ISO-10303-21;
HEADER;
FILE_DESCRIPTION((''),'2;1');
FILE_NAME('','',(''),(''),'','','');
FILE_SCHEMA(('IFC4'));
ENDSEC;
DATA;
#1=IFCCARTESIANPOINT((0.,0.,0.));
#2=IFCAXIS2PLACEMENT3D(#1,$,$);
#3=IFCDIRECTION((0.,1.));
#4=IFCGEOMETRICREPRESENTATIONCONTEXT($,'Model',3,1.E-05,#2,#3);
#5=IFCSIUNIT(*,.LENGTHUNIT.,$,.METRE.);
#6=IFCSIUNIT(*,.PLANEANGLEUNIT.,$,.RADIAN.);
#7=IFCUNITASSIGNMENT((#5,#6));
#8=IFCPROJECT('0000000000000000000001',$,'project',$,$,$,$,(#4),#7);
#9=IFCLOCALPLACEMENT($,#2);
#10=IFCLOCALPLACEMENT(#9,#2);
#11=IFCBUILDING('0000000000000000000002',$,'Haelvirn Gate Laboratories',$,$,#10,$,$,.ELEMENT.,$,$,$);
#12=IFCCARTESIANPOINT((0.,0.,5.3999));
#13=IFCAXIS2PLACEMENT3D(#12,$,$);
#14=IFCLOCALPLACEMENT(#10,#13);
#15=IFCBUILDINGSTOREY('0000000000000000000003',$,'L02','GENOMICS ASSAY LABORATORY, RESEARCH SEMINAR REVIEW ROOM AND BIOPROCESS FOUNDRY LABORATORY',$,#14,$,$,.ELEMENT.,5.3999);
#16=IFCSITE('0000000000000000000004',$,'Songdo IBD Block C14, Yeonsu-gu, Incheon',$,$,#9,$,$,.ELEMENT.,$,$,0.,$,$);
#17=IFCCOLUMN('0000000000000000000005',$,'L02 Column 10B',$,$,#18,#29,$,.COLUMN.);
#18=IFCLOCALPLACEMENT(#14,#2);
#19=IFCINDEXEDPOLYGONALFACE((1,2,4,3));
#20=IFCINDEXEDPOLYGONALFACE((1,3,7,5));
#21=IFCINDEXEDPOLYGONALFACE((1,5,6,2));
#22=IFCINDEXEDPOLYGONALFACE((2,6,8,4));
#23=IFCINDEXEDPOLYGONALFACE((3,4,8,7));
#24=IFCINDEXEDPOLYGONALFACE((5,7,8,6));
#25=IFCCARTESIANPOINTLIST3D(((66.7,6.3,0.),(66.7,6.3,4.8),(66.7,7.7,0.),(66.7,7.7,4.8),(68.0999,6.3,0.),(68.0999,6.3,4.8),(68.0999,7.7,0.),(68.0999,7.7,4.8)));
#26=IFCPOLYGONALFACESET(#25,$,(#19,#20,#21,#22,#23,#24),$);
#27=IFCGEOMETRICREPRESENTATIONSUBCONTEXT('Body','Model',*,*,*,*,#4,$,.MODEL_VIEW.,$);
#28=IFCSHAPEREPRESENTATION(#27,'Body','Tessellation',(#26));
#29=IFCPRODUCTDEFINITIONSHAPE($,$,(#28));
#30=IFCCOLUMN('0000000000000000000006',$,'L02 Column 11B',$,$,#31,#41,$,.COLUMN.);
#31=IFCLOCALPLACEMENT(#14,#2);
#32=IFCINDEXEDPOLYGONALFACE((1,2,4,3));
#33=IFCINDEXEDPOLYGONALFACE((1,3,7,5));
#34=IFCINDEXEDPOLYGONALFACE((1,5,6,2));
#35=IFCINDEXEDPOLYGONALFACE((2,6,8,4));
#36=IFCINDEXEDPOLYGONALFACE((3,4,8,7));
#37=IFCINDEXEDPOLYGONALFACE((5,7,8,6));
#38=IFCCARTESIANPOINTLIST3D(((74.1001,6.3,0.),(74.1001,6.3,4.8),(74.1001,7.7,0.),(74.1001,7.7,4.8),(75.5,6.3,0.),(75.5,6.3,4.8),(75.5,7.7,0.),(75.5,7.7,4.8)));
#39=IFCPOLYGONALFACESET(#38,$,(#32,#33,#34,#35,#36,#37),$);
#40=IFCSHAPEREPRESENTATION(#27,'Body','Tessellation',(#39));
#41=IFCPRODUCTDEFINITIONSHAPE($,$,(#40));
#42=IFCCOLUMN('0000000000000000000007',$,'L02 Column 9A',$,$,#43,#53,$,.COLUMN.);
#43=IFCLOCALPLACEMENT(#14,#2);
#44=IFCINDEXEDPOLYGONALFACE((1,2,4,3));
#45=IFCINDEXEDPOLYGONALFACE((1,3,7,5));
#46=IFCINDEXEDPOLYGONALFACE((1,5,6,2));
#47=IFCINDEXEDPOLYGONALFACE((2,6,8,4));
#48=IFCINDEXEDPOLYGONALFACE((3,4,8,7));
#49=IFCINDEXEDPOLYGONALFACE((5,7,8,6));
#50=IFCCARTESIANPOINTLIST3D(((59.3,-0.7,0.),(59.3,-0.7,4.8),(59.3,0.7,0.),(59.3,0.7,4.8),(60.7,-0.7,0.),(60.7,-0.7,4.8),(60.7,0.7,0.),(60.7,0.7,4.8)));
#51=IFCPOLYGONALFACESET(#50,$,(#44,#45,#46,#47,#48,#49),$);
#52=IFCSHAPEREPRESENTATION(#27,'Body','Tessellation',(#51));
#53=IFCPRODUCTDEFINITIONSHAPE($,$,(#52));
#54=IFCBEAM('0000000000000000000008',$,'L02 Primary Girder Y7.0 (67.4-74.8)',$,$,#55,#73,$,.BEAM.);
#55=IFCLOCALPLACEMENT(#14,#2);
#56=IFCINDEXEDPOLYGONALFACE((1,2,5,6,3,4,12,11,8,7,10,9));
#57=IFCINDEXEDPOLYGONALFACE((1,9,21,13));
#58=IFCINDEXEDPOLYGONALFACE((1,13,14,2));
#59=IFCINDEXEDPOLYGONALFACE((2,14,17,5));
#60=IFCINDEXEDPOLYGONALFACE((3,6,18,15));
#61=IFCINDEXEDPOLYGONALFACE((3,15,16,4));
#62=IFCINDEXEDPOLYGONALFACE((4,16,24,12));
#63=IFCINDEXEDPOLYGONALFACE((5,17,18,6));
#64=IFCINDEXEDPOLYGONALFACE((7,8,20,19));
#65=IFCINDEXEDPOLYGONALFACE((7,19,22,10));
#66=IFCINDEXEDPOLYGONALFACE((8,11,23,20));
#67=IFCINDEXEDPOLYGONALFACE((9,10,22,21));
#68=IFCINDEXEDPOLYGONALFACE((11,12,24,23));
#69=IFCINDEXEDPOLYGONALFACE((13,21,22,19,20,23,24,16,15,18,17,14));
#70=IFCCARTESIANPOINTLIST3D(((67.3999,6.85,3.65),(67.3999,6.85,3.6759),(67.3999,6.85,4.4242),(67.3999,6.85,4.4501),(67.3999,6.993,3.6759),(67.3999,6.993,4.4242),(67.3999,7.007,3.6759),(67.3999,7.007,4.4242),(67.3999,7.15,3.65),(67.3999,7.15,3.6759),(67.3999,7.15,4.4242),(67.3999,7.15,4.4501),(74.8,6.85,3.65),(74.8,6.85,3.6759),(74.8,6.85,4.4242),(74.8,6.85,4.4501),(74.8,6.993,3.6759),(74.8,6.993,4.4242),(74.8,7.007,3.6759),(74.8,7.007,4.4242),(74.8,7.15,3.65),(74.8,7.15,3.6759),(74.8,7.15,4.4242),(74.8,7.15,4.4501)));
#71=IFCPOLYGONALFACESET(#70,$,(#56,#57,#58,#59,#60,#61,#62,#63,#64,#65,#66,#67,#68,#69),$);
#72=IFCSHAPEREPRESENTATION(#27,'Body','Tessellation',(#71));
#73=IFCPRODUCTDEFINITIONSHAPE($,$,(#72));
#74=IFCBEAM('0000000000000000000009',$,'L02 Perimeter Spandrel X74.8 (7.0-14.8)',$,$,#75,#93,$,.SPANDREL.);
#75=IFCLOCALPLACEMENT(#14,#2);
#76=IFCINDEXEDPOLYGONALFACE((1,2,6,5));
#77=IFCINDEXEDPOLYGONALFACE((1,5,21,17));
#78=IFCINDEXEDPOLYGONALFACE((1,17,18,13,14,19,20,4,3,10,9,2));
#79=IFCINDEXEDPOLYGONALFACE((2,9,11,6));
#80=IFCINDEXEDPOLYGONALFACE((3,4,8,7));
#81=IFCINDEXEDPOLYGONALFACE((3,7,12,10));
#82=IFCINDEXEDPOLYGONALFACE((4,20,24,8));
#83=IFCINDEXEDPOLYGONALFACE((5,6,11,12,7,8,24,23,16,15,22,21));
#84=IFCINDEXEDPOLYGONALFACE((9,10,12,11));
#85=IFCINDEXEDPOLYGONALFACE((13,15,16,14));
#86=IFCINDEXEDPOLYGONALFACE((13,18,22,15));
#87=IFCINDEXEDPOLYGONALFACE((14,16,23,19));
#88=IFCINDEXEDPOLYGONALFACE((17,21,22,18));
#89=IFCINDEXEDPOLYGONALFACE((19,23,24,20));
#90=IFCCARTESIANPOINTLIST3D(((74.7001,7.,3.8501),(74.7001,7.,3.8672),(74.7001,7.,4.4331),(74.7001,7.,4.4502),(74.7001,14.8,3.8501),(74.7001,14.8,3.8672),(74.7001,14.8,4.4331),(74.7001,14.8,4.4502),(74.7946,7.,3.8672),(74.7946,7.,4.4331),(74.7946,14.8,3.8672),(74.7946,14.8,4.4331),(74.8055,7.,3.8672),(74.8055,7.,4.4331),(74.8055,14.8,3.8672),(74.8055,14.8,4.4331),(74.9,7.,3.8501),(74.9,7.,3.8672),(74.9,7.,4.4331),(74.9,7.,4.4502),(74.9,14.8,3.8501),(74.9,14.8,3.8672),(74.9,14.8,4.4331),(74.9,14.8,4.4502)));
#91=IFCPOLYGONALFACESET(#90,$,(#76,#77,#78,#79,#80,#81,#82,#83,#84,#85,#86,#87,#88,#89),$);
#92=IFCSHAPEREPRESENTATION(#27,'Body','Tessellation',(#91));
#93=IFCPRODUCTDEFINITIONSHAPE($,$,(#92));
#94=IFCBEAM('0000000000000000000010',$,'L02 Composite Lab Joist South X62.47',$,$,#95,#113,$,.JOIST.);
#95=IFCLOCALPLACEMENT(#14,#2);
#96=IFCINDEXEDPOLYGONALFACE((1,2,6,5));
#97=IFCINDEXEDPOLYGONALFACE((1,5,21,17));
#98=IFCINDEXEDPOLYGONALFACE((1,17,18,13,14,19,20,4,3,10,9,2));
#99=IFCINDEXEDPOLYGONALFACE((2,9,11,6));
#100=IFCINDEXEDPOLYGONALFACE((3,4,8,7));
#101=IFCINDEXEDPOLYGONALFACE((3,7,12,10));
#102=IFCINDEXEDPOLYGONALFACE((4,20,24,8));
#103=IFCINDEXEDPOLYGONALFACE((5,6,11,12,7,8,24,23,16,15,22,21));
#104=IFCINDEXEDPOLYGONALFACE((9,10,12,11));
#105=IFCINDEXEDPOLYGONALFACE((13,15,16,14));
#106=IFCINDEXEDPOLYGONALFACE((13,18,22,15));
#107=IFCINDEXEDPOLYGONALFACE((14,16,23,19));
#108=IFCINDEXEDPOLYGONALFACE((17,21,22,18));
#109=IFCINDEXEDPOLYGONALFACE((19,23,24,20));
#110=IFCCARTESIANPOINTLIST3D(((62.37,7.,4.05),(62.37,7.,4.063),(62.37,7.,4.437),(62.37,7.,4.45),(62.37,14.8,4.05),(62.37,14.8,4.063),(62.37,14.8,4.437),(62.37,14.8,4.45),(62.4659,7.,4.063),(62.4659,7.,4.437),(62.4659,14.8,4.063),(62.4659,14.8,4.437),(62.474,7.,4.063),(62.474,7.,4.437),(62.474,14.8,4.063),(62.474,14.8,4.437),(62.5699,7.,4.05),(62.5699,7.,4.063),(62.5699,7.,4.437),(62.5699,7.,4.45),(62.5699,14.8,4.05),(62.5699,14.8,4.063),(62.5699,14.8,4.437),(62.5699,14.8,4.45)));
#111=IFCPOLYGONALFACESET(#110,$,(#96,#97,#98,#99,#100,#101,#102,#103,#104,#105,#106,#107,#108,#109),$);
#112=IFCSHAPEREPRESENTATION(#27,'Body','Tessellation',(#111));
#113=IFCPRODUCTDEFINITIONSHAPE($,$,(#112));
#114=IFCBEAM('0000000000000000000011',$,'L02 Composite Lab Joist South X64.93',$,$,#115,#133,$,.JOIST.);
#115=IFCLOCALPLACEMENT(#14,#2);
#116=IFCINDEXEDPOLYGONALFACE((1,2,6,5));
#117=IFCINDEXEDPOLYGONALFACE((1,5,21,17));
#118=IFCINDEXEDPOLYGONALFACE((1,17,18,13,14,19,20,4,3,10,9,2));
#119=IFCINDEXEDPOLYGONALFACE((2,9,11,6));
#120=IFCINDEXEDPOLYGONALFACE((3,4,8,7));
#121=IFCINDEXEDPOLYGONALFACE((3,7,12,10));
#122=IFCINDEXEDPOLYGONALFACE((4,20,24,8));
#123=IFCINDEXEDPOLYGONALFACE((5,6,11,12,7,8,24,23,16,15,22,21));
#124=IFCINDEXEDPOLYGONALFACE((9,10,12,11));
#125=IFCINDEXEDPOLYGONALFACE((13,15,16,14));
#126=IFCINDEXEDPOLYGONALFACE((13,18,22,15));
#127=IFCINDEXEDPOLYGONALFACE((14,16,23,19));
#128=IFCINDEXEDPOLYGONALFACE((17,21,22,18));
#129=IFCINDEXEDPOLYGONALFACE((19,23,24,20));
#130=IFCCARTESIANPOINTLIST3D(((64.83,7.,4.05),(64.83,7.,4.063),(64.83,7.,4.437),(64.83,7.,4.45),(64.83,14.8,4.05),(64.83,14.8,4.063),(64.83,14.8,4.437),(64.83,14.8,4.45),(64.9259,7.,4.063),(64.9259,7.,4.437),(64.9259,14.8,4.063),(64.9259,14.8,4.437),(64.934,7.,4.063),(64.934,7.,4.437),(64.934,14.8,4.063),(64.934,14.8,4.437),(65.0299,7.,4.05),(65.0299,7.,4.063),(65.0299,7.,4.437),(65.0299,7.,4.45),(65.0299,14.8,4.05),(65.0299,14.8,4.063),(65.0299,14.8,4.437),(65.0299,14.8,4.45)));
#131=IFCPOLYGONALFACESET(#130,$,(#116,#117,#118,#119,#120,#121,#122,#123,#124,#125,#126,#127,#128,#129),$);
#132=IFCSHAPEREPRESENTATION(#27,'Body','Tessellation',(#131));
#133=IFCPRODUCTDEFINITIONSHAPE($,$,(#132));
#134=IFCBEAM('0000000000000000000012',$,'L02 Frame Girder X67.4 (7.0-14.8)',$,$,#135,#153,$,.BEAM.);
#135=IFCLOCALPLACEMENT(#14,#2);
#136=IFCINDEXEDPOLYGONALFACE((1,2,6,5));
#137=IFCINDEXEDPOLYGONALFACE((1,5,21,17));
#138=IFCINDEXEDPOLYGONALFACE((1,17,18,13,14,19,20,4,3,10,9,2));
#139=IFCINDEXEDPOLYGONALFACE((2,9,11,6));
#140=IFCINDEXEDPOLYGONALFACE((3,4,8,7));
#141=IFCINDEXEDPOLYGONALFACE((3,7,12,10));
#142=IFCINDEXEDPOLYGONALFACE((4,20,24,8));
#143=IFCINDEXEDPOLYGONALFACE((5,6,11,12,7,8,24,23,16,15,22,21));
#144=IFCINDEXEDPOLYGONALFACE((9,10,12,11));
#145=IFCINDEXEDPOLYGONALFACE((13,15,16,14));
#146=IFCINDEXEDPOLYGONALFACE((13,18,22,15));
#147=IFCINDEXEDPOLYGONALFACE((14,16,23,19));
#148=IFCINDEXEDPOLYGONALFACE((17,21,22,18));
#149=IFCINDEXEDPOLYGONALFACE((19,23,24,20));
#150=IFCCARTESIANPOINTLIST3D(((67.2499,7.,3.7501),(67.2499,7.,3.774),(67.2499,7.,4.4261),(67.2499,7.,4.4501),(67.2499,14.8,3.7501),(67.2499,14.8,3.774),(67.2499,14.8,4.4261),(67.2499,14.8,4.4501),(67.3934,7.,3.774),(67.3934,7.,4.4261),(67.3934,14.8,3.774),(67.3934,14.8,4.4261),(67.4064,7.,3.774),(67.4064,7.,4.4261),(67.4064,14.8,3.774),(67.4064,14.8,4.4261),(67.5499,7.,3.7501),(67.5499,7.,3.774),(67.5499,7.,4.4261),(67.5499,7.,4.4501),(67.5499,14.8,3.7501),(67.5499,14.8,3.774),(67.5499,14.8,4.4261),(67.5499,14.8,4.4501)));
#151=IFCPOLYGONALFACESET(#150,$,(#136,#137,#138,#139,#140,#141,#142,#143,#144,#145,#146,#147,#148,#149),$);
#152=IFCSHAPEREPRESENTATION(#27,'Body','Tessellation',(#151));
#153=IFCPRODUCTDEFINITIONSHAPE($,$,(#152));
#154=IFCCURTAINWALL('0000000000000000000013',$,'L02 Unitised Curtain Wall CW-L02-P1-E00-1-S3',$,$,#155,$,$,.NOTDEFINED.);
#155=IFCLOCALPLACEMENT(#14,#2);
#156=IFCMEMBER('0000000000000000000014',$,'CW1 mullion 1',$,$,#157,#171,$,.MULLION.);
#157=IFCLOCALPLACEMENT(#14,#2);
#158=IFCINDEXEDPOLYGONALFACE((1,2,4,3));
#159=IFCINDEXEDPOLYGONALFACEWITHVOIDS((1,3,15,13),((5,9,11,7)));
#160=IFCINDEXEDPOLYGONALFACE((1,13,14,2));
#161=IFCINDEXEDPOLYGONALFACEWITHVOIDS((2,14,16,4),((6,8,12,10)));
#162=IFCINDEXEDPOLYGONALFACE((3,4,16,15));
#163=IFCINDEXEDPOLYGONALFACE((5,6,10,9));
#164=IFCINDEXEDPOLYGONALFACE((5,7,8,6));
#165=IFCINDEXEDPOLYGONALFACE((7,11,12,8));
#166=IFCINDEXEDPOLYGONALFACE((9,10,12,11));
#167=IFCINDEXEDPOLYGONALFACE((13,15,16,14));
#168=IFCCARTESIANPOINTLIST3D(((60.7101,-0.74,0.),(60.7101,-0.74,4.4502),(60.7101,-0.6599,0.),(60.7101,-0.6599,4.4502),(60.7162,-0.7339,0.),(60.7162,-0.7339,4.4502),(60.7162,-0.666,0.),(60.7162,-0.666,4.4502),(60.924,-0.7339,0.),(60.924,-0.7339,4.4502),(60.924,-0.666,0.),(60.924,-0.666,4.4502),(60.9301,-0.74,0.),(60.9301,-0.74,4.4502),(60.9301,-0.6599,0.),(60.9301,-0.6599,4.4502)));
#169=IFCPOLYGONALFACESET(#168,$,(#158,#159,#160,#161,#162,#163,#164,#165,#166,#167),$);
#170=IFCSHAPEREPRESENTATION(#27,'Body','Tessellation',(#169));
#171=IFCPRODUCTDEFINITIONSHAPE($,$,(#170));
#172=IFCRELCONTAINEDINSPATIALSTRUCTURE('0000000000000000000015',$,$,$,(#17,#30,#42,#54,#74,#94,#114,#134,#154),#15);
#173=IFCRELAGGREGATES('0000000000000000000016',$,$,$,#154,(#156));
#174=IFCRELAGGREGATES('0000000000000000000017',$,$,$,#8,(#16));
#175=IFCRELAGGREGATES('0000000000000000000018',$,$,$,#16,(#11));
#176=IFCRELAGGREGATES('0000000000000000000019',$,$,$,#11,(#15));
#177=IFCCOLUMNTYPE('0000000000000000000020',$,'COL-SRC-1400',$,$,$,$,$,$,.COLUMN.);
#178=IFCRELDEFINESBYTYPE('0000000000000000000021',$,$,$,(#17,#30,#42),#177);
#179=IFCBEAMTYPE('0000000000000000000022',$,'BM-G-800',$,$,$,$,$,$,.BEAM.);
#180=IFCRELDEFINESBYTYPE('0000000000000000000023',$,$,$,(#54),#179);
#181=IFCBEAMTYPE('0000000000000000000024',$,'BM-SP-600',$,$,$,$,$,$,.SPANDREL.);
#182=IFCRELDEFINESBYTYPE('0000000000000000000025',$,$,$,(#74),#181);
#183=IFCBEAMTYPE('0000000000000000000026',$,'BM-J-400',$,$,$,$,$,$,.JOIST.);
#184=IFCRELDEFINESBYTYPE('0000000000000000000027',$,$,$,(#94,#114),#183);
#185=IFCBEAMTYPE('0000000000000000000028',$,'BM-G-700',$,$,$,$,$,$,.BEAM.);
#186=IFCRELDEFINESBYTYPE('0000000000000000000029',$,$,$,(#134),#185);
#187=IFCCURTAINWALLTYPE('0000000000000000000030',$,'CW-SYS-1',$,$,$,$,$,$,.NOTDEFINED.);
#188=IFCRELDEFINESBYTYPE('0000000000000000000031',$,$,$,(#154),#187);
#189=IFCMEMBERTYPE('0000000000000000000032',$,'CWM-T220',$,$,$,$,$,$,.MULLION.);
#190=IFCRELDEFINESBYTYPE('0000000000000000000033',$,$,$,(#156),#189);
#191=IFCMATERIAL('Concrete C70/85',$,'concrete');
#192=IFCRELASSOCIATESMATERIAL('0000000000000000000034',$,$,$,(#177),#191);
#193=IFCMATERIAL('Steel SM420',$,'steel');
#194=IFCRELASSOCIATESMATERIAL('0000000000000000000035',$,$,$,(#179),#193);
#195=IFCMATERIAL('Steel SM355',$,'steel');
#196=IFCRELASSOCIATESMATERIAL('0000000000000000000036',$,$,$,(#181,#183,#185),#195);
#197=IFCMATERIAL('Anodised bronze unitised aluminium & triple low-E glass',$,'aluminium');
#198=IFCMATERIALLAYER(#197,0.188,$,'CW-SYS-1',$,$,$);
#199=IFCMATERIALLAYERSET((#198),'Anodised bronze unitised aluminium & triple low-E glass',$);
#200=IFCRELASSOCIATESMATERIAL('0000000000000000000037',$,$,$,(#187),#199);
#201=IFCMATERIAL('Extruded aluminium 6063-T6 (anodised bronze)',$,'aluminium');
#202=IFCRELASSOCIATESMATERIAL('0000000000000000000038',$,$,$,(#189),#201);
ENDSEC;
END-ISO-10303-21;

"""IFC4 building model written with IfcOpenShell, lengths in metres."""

from ifc_helpers import new_model, si_unit, direction, frame, origin, origin_2d, place, context, subcontext, project, spatial, rectangle, hollow_rectangle, i_section, extrude, source, transform, mapped, material, layer, layer_set, material_profile, profile_set, type_object, type_shapes, element, aggregate, save


model = new_model("IFC4")

# Units and contexts
model_context = context("Model", 3, precision=1e-05, world=origin(), true_north=direction((0.0, 1.0)))
body_context = subcontext(model_context, "Body", "Model", "MODEL_VIEW")
ifc_project = project(units=[si_unit("LENGTHUNIT", "METRE"), si_unit("PLANEANGLEUNIT", "RADIAN")], contexts=[model_context])

# Site, building, storey
site_placement = place(None, origin())
site = spatial("IfcSite", under=ifc_project, at=site_placement, Name="Songdo IBD Block C14, Yeonsu-gu, Incheon", CompositionType="ELEMENT", RefElevation=0.0)
building_placement = place(site_placement, origin())
building = spatial("IfcBuilding", under=site, at=building_placement, Name="Haelvirn Gate Laboratories", CompositionType="ELEMENT")
storey_placement = place(building_placement, frame((0.0, 0.0, 5.3999)))
storey = spatial("IfcBuildingStorey", under=building, at=storey_placement, Name="L02", Description="GENOMICS ASSAY LABORATORY, RESEARCH SEMINAR REVIEW ROOM AND BIOPROCESS FOUNDRY LABORATORY", CompositionType="ELEMENT", Elevation=5.3999)

# Columns
ifc_material_1 = material(Name="Concrete C70/85", Category="concrete")
ifc_material_profile_1 = material_profile(ifc_material_1, rectangle(XDim=1.3999, YDim=1.3999, at=origin_2d()), Name="SRC-1400x1400")
ifc_profile_set_1 = profile_set([ifc_material_profile_1], Name="Concrete C70/85")
column_type = type_object("IfcColumnType", Name="COL-SRC-1400", PredefinedType="COLUMN", material=ifc_profile_set_1)
shared_shape_1 = source(origin(), body_context, "Body", "SweptSolid", [
    extrude(rectangle(XDim=1.3999, YDim=1.3999, at=origin_2d()), origin(), (0.0, 0.0, 1.0), 4.8),
])
type_shapes(column_type, [shared_shape_1])
for number, where, z_axis, x_axis, name in (
    (1, (67.3999, 7.0, 0.0), (0.0, 0.0, 1.0), (1.0, 0.0, 0.0), "L02 Column 10B"),
    (2, (74.8, 7.0, 0.0), (0.0, 0.0, 1.0), (1.0, 0.0, 0.0), "L02 Column 11B"),
    (3, (60.0, 0.0, 0.0), (0.0, 0.0, 1.0), (1.0, 0.0, 0.0), "L02 Column 9A"),
):
    element("IfcColumn", number, at=place(storey_placement, frame(where, z_axis=z_axis, x_axis=x_axis)), inside=storey, type_object=column_type, Name=name, PredefinedType="COLUMN", context=body_context, shape_type="MappedRepresentation", body=[
        mapped(shared_shape_1, transform((0.0, 0.0, 0.0), scale=1.0)),
    ])

# Beams
ifc_material_2 = material(Name="Steel SM420", Category="steel")
ifc_material_profile_2 = material_profile(ifc_material_2, i_section(OverallWidth=0.3, OverallDepth=0.8, WebThickness=0.0139, FlangeThickness=0.0259, at=origin_2d()), Name="H-800x300x14x26")
ifc_profile_set_2 = profile_set([ifc_material_profile_2], Name="Steel SM420")
beam_type_1 = type_object("IfcBeamType", Name="BM-G-800", PredefinedType="BEAM", material=ifc_profile_set_2)
shared_shape_2 = source(origin(), body_context, "Body", "SweptSolid", [
    extrude(i_section(OverallWidth=0.3, OverallDepth=0.8, WebThickness=0.0139, FlangeThickness=0.0259, at=origin_2d()), origin(), (0.0, 0.0, 1.0), 7.4001),
])
type_shapes(beam_type_1, [shared_shape_2])
beam_1_placement = place(storey_placement, frame((67.3999, 7.0, 4.05), z_axis=(1.0, 0.0, 0.0), x_axis=(0.0, 1.0, 0.0)))
element("IfcBeam", 4, at=beam_1_placement, inside=storey, type_object=beam_type_1, Name="L02 Primary Girder Y7.0 (67.4-74.8)", PredefinedType="BEAM", context=body_context, shape_type="MappedRepresentation", body=[
    mapped(shared_shape_2, transform((0.0, 0.0, 0.0), scale=1.0)),
])
ifc_material_3 = material(Name="Steel SM355", Category="steel")
ifc_material_profile_3 = material_profile(ifc_material_3, i_section(OverallWidth=0.2, OverallDepth=0.6001, WebThickness=0.011, FlangeThickness=0.0171, at=origin_2d()), Name="H-600x200x11x17")
ifc_profile_set_3 = profile_set([ifc_material_profile_3], Name="Steel SM355")
beam_type_2 = type_object("IfcBeamType", Name="BM-SP-600", PredefinedType="SPANDREL", material=ifc_profile_set_3)
shared_shape_3 = source(origin(), body_context, "Body", "SweptSolid", [
    extrude(i_section(OverallWidth=0.2, OverallDepth=0.6001, WebThickness=0.011, FlangeThickness=0.0171, at=origin_2d()), origin(), (0.0, 0.0, 1.0), 7.8),
])
type_shapes(beam_type_2, [shared_shape_3])
beam_2_placement = place(storey_placement, frame((74.8, 7.0, 4.1501), z_axis=(0.0, 1.0, 0.0), x_axis=(-1.0, 0.0, 0.0)))
element("IfcBeam", 5, at=beam_2_placement, inside=storey, type_object=beam_type_2, Name="L02 Perimeter Spandrel X74.8 (7.0-14.8)", PredefinedType="SPANDREL", context=body_context, shape_type="MappedRepresentation", body=[
    mapped(shared_shape_3, transform((0.0, 0.0, 0.0), scale=1.0)),
])
ifc_material_profile_4 = material_profile(ifc_material_3, i_section(OverallWidth=0.2, OverallDepth=0.3999, WebThickness=0.0081, FlangeThickness=0.0129, at=origin_2d()), Name="H-400x200x8x13")
ifc_profile_set_4 = profile_set([ifc_material_profile_4], Name="Steel SM355")
beam_type_3 = type_object("IfcBeamType", Name="BM-J-400", PredefinedType="JOIST", material=ifc_profile_set_4)
shared_shape_4 = source(origin(), body_context, "Body", "SweptSolid", [
    extrude(i_section(OverallWidth=0.2, OverallDepth=0.3999, WebThickness=0.0081, FlangeThickness=0.0129, at=origin_2d()), origin(), (0.0, 0.0, 1.0), 7.8),
])
type_shapes(beam_type_3, [shared_shape_4])
for number, where, z_axis, x_axis, name in (
    (6, (62.47, 7.0, 4.25), (0.0, 1.0, 0.0), (-1.0, 0.0, 0.0), "L02 Composite Lab Joist South X62.47"),
    (7, (64.9299, 7.0, 4.25), (0.0, 1.0, 0.0), (-1.0, 0.0, 0.0), "L02 Composite Lab Joist South X64.93"),
):
    element("IfcBeam", number, at=place(storey_placement, frame(where, z_axis=z_axis, x_axis=x_axis)), inside=storey, type_object=beam_type_3, Name=name, PredefinedType="JOIST", context=body_context, shape_type="MappedRepresentation", body=[
        mapped(shared_shape_4, transform((0.0, 0.0, 0.0), scale=1.0)),
    ])
ifc_material_profile_5 = material_profile(ifc_material_3, i_section(OverallWidth=0.3, OverallDepth=0.7, WebThickness=0.0129, FlangeThickness=0.0239, at=origin_2d()), Name="H-700x300x13x24")
ifc_profile_set_5 = profile_set([ifc_material_profile_5], Name="Steel SM355")
beam_type_4 = type_object("IfcBeamType", Name="BM-G-700", PredefinedType="BEAM", material=ifc_profile_set_5)
shared_shape_5 = source(origin(), body_context, "Body", "SweptSolid", [
    extrude(i_section(OverallWidth=0.3, OverallDepth=0.7, WebThickness=0.0129, FlangeThickness=0.0239, at=origin_2d()), origin(), (0.0, 0.0, 1.0), 7.8),
])
type_shapes(beam_type_4, [shared_shape_5])
beam_3_placement = place(storey_placement, frame((67.3999, 7.0, 4.1001), z_axis=(0.0, 1.0, 0.0), x_axis=(-1.0, 0.0, 0.0)))
element("IfcBeam", 8, at=beam_3_placement, inside=storey, type_object=beam_type_4, Name="L02 Frame Girder X67.4 (7.0-14.8)", PredefinedType="BEAM", context=body_context, shape_type="MappedRepresentation", body=[
    mapped(shared_shape_5, transform((0.0, 0.0, 0.0), scale=1.0)),
])

# Curtain wall, member
ifc_material_4 = material(Name="Anodised bronze unitised aluminium & triple low-E glass", Category="aluminium")
ifc_layer_1 = layer(ifc_material_4, 0.188, Name="CW-SYS-1")
ifc_layer_set_1 = layer_set([ifc_layer_1], Name="Anodised bronze unitised aluminium & triple low-E glass")
curtain_wall_type_1 = type_object("IfcCurtainWallType", Name="CW-SYS-1", PredefinedType="NOTDEFINED", material=ifc_layer_set_1)
curtain_wall_1_placement = place(storey_placement, origin())
curtain_wall_1 = element("IfcCurtainWall", 9, at=curtain_wall_1_placement, inside=storey, type_object=curtain_wall_type_1, Name="L02 Unitised Curtain Wall CW-L02-P1-E00-1-S3", PredefinedType="NOTDEFINED")
ifc_material_5 = material(Name="Extruded aluminium 6063-T6 (anodised bronze)", Category="aluminium")
ifc_material_profile_6 = material_profile(ifc_material_5, hollow_rectangle(XDim=0.0801, YDim=0.22, WallThickness=0.0061, at=origin_2d()), Name="CWM-220x80x6")
ifc_profile_set_6 = profile_set([ifc_material_profile_6], Name="Extruded aluminium 6063-T6 (anodised bronze)")
member_type_1 = type_object("IfcMemberType", Name="CWM-T220", PredefinedType="MULLION", material=ifc_profile_set_6)
shared_shape_6 = source(origin(), body_context, "Body", "SweptSolid", [
    extrude(hollow_rectangle(XDim=0.0801, YDim=0.22, WallThickness=0.0061, at=origin_2d()), origin(), (0.0, 0.0, 1.0), 4.4502),
])
type_shapes(member_type_1, [shared_shape_6])
member_1_placement = place(storey_placement, frame((60.8201, -0.7, 0.0), z_axis=(0.0, 0.0, 1.0), x_axis=(0.0, 1.0, 0.0)))
member_1 = element("IfcMember", 10, at=member_1_placement, type_object=member_type_1, Name="CW1 mullion 1", PredefinedType="MULLION", context=body_context, shape_type="MappedRepresentation", body=[
    mapped(shared_shape_6, transform((0.0, 0.0, 0.0), scale=1.0)),
])

aggregate(curtain_wall_1, [member_1])

save(model, "model.ifc")
